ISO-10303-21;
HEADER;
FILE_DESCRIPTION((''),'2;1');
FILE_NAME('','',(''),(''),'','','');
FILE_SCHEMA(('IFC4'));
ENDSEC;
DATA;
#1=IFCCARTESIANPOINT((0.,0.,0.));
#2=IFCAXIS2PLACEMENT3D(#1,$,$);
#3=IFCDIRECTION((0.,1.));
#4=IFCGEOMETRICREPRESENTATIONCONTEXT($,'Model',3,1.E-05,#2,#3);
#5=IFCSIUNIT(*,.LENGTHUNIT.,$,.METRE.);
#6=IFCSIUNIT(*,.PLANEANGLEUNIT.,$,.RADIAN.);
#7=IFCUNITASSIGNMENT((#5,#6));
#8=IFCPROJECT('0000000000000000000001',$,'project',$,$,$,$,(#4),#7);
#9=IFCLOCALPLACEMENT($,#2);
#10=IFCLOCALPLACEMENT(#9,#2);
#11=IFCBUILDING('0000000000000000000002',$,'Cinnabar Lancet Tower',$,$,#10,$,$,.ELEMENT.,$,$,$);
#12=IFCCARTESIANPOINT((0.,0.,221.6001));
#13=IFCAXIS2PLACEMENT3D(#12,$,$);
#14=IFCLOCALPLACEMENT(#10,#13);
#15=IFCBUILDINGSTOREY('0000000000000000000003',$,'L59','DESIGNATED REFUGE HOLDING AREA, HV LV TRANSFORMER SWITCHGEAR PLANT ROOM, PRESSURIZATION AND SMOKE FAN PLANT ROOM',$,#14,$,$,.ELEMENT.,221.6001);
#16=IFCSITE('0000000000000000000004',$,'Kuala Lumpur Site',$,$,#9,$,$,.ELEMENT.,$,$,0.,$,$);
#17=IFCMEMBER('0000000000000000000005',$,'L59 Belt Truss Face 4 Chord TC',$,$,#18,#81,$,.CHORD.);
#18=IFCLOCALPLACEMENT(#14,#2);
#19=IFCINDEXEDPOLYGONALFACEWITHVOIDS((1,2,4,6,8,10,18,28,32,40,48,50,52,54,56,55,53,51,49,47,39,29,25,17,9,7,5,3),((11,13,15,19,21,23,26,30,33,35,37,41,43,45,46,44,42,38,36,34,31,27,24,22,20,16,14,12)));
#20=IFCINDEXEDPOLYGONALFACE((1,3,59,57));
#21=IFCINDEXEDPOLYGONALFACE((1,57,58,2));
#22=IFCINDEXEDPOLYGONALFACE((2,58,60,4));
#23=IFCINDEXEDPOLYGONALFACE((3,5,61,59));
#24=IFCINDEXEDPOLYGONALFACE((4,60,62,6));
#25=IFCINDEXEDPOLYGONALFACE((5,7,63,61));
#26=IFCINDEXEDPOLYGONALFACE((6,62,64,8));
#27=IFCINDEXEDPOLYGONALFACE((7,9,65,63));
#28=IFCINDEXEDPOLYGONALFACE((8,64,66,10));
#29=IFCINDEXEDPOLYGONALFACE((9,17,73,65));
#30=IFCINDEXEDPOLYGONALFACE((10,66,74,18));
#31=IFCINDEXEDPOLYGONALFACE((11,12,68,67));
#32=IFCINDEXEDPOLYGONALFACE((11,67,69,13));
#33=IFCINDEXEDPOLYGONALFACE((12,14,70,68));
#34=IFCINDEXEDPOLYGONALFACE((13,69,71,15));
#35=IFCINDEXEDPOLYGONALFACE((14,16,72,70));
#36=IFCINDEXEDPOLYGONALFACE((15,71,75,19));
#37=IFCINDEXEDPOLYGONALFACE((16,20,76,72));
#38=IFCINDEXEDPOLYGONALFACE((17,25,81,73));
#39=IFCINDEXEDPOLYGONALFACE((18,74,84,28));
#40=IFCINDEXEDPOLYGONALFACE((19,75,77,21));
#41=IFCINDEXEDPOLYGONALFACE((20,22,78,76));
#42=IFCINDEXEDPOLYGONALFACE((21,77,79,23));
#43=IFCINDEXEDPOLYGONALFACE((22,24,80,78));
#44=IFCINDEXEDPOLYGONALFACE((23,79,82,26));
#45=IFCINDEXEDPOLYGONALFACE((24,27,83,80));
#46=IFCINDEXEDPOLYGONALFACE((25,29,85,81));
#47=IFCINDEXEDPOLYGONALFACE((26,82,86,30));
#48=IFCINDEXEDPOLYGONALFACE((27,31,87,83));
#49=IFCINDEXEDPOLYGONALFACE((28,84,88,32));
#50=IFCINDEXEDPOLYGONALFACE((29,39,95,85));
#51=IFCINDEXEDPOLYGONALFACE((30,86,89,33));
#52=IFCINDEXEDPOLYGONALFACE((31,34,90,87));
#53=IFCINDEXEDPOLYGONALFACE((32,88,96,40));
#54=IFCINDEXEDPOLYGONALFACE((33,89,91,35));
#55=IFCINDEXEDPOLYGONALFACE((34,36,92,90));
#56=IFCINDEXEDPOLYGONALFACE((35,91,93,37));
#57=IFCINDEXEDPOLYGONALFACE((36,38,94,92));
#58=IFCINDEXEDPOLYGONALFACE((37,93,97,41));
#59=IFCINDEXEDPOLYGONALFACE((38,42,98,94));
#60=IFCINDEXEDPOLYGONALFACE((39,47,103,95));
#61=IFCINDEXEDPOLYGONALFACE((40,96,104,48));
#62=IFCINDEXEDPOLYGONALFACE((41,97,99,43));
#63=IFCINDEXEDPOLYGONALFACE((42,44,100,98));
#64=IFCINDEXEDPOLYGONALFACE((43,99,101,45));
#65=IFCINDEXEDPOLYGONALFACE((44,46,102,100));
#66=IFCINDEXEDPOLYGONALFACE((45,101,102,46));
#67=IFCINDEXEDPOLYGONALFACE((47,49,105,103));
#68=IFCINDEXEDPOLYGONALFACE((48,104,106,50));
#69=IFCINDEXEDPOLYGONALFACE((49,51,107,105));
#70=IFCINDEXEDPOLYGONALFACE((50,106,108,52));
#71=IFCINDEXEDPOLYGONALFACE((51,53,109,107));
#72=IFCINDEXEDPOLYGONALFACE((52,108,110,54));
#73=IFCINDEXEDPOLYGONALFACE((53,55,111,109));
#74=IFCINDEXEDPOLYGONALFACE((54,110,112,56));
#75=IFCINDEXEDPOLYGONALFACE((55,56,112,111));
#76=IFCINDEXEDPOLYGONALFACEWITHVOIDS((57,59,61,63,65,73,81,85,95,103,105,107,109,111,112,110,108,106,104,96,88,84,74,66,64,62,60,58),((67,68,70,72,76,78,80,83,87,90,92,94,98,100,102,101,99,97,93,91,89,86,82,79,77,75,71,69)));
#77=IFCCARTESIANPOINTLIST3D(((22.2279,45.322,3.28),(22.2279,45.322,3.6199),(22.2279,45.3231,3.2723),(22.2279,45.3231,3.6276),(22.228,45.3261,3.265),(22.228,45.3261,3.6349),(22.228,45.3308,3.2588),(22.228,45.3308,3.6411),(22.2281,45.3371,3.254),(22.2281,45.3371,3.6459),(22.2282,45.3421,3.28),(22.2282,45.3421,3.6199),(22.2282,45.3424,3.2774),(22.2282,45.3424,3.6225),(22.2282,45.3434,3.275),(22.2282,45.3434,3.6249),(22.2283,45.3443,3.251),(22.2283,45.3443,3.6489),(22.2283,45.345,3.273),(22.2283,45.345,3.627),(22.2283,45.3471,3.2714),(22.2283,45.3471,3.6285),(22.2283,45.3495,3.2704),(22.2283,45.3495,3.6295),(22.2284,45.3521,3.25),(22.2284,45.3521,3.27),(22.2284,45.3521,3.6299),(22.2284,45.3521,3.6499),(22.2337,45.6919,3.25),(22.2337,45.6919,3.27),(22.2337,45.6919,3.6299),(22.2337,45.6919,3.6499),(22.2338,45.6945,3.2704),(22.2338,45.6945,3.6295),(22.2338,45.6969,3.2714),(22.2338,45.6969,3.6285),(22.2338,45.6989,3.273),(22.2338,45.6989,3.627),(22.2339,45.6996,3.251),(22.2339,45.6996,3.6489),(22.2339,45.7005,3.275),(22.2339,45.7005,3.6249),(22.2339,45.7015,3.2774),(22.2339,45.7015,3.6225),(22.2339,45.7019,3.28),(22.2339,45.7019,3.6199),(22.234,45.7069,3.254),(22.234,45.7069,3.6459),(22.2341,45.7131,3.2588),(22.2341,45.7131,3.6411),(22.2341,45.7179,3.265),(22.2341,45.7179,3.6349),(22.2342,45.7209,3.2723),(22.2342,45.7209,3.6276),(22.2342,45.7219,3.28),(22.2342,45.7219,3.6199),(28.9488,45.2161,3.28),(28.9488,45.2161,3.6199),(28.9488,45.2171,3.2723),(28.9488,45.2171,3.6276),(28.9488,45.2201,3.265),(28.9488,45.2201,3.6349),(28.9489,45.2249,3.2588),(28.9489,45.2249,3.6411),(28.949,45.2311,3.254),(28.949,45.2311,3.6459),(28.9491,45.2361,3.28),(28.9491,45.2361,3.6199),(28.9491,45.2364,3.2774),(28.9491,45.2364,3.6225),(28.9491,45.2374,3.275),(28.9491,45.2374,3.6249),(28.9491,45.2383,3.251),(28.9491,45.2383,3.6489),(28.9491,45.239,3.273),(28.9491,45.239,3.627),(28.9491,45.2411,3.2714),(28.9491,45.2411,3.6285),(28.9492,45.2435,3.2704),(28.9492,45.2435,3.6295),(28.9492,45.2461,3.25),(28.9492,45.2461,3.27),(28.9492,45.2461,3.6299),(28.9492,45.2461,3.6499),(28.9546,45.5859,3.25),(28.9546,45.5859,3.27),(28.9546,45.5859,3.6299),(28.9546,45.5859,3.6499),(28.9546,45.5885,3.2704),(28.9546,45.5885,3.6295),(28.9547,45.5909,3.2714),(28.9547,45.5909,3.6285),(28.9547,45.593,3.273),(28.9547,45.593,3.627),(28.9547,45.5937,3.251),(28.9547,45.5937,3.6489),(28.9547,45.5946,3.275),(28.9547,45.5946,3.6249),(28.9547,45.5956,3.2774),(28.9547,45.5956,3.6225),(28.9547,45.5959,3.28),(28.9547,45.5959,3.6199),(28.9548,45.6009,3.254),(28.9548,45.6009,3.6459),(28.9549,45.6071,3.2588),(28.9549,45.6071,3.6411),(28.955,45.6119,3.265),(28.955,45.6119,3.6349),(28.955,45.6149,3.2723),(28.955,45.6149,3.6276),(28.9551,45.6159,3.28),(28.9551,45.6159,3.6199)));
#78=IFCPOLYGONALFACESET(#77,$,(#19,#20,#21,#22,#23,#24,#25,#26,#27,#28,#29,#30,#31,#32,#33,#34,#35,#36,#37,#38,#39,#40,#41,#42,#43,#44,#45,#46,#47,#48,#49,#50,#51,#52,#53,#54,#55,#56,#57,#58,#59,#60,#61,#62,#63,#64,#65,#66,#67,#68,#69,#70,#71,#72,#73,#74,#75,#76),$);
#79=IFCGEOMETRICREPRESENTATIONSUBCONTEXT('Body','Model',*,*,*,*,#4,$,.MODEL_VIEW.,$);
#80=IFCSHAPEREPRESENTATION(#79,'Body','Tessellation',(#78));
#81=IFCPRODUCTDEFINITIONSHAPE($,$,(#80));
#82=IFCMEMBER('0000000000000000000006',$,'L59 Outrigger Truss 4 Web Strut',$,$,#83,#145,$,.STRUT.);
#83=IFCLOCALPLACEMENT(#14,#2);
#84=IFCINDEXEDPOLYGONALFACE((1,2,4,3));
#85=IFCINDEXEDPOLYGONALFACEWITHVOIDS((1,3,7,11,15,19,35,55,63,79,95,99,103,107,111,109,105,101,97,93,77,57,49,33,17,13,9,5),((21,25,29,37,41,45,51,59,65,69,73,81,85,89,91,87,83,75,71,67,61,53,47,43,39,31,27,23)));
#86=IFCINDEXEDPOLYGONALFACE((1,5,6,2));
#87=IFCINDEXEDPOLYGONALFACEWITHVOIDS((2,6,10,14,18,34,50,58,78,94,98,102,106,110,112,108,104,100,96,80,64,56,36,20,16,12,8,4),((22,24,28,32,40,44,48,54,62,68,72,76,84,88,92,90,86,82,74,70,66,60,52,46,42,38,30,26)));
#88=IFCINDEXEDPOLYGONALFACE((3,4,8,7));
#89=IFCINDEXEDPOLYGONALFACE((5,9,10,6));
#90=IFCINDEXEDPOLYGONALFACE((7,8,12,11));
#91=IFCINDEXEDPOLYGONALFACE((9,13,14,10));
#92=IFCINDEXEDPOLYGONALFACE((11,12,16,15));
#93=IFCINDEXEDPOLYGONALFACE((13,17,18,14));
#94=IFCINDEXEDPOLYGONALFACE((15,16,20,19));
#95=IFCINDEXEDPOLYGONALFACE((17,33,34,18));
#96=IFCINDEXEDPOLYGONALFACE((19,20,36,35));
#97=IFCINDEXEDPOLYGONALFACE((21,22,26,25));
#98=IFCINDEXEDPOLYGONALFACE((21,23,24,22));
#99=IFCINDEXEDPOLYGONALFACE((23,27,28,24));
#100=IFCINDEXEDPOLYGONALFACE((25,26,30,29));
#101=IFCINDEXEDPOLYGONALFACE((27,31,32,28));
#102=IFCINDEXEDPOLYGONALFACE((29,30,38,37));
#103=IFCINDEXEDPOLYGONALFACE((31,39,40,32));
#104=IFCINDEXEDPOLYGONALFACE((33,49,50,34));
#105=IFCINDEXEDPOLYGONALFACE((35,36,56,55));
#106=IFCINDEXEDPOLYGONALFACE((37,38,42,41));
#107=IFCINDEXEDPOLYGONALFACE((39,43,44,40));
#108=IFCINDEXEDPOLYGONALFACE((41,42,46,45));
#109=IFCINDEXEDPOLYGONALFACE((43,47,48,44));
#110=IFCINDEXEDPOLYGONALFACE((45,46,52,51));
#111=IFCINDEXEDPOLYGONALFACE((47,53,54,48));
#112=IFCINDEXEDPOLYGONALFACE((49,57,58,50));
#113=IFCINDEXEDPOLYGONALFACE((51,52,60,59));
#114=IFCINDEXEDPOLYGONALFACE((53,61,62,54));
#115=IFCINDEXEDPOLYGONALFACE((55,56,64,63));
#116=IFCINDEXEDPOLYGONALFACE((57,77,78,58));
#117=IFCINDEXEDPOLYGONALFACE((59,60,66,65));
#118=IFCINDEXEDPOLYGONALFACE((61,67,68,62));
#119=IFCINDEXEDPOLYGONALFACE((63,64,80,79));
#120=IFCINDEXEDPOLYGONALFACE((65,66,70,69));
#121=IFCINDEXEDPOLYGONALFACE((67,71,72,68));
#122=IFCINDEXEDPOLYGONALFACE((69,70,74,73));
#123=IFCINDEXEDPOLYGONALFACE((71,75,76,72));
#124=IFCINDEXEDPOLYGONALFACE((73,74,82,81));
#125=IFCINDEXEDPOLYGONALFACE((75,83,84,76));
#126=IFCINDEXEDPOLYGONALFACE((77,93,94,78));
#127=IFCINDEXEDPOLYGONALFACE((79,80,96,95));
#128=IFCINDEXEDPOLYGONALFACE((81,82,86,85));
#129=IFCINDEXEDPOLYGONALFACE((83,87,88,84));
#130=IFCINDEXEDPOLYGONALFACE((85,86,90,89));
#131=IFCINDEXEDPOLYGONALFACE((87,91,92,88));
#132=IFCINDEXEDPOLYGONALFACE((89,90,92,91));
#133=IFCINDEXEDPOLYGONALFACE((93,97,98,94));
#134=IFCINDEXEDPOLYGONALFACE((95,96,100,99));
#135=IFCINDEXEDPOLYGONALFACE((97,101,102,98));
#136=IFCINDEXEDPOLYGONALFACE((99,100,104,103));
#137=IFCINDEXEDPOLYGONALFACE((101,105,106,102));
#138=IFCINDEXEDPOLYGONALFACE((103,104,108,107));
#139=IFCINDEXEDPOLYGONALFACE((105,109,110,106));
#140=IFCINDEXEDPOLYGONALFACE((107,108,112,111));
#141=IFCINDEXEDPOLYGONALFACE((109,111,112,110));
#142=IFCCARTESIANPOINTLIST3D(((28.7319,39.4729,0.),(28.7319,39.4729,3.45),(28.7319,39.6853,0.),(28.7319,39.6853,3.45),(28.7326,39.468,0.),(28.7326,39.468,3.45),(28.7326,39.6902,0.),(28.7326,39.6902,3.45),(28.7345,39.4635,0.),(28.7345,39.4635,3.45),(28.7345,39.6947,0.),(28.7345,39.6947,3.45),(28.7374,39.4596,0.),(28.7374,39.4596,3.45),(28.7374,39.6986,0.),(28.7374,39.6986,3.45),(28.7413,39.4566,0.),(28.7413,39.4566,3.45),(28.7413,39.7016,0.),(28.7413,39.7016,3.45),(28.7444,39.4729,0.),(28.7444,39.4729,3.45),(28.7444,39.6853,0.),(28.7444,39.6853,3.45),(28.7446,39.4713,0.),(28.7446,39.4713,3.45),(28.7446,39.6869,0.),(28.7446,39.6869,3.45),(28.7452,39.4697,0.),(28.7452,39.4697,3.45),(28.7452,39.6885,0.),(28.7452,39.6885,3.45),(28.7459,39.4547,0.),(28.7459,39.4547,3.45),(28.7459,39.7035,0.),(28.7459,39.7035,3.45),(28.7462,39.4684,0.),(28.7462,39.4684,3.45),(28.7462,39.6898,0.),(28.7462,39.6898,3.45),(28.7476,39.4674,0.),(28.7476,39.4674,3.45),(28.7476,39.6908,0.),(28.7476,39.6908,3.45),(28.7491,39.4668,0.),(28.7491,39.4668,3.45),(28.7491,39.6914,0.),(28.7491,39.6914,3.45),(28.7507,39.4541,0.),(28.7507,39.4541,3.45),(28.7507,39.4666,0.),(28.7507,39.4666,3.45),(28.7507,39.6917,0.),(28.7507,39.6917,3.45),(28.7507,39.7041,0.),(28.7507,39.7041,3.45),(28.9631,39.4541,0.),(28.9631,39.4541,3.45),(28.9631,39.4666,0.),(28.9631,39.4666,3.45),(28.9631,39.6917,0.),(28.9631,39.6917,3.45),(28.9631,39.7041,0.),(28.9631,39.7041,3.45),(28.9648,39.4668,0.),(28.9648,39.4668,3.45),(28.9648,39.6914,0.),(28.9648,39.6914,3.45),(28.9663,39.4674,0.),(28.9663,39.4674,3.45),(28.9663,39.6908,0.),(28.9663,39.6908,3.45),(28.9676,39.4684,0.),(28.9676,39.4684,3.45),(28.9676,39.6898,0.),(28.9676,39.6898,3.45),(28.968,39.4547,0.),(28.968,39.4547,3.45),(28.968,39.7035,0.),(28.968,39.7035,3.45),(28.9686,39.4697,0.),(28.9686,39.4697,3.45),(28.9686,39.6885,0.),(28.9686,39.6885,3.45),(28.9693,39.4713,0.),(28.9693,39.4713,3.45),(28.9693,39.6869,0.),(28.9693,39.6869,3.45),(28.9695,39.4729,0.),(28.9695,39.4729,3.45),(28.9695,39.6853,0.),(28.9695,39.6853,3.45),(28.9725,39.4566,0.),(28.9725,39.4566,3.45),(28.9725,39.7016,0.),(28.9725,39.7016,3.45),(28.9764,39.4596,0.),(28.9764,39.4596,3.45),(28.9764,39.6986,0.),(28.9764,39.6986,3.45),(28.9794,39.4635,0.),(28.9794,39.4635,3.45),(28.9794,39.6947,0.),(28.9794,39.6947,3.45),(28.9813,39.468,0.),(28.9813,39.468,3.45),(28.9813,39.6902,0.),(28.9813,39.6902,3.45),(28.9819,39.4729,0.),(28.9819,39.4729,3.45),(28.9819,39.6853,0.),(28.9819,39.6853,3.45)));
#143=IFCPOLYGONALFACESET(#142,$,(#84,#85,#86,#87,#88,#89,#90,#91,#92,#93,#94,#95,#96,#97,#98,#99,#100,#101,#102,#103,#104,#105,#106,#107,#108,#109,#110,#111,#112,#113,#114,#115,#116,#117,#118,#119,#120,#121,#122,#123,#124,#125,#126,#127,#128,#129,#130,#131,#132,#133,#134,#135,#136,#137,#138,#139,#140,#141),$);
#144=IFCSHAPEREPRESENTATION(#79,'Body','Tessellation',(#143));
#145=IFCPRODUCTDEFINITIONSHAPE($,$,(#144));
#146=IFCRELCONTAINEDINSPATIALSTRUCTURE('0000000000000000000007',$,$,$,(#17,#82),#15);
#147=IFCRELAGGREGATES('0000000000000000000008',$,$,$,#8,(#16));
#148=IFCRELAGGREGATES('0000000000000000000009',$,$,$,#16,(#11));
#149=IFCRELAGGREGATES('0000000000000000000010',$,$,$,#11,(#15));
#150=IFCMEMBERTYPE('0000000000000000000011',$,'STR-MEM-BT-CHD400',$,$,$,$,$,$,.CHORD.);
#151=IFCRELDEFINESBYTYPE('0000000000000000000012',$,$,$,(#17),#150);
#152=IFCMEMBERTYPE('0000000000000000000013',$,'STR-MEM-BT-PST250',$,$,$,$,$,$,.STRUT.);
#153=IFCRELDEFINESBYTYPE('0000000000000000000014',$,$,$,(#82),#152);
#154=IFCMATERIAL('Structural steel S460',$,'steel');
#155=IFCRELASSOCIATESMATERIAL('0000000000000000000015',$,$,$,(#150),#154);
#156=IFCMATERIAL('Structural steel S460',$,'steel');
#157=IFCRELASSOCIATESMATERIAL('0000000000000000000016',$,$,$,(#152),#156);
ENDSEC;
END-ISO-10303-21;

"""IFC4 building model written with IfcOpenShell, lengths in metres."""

from ifc_helpers import new_model, si_unit, direction, frame, origin, origin_2d, place, context, subcontext, project, spatial, hollow_rectangle, extrude, material, material_profile, profile_set, type_object, element, save


model = new_model("IFC4")

# Units and contexts
model_context = context("Model", 3, precision=1e-05, world=origin(), true_north=direction((0.0, 1.0)))
body_context = subcontext(model_context, "Body", "Model", "MODEL_VIEW")
ifc_project = project(units=[si_unit("LENGTHUNIT", "METRE"), si_unit("PLANEANGLEUNIT", "RADIAN")], contexts=[model_context])

# Site, building, storey
site_placement = place(None, origin())
site = spatial("IfcSite", under=ifc_project, at=site_placement, Name="Kuala Lumpur Site", CompositionType="ELEMENT", RefElevation=0.0)
building_placement = place(site_placement, origin())
building = spatial("IfcBuilding", under=site, at=building_placement, Name="Cinnabar Lancet Tower", CompositionType="ELEMENT")
storey_placement = place(building_placement, frame((0.0, 0.0, 221.6001)))
storey = spatial("IfcBuildingStorey", under=building, at=storey_placement, Name="L59", Description="DESIGNATED REFUGE HOLDING AREA, HV LV TRANSFORMER SWITCHGEAR PLANT ROOM, PRESSURIZATION AND SMOKE FAN PLANT ROOM", CompositionType="ELEMENT", Elevation=221.6001)

# Members
ifc_material_1 = material(Name="Structural steel S460", Category="steel")
ifc_material_profile_1 = material_profile(ifc_material_1, hollow_rectangle(XDim=0.3999, YDim=0.3999, WallThickness=0.02, InnerFilletRadius=0.01, OuterFilletRadius=0.03, at=origin_2d()), Name="SHS 400x400x20")
ifc_profile_set_1 = profile_set([ifc_material_profile_1], Name="Structural steel S460")
member_type_1 = type_object("IfcMemberType", Name="STR-MEM-BT-CHD400", PredefinedType="CHORD", material=ifc_profile_set_1)
for number, where, z_axis, x_axis, name in (
    (1, (28.9519, 45.416, 3.45), (-0.999876, 0.015763, 0.0), (-0.015763, -0.999876, 0.0), "L59 Belt Truss Face 4 Chord TC"),
):
    element("IfcMember", number, at=place(storey_placement, frame(where, z_axis=z_axis, x_axis=x_axis)), inside=storey, type_object=member_type_1, Name=name, PredefinedType="CHORD", context=body_context, shape_type="SweptSolid", body=[
        extrude(hollow_rectangle(XDim=0.3999, YDim=0.3999, WallThickness=0.02, InnerFilletRadius=0.01, OuterFilletRadius=0.03, at=origin_2d()), origin(), (0.0, 0.0, 1.0), 6.7217),
    ])
ifc_material_2 = material(Name="Structural steel S460", Category="steel")
ifc_material_profile_2 = material_profile(ifc_material_2, hollow_rectangle(XDim=0.25, YDim=0.25, WallThickness=0.0125, InnerFilletRadius=0.0063, OuterFilletRadius=0.0188, at=origin_2d()), Name="SHS 250x250x12.5")
ifc_profile_set_2 = profile_set([ifc_material_profile_2], Name="Structural steel S460")
member_type_2 = type_object("IfcMemberType", Name="STR-MEM-BT-PST250", PredefinedType="STRUT", material=ifc_profile_set_2)
member_1_placement = place(storey_placement, frame((28.8569, 39.5791, 0.0), z_axis=(0.0, 0.0, 1.0), x_axis=(1.0, 0.0, 0.0)))
element("IfcMember", 2, at=member_1_placement, inside=storey, type_object=member_type_2, Name="L59 Outrigger Truss 4 Web Strut", PredefinedType="STRUT", context=body_context, shape_type="SweptSolid", body=[
    extrude(hollow_rectangle(XDim=0.25, YDim=0.25, WallThickness=0.0125, InnerFilletRadius=0.0063, OuterFilletRadius=0.0188, at=origin_2d()), origin(), (0.0, 0.0, 1.0), 3.45),
])

save(model, "model.ifc")
